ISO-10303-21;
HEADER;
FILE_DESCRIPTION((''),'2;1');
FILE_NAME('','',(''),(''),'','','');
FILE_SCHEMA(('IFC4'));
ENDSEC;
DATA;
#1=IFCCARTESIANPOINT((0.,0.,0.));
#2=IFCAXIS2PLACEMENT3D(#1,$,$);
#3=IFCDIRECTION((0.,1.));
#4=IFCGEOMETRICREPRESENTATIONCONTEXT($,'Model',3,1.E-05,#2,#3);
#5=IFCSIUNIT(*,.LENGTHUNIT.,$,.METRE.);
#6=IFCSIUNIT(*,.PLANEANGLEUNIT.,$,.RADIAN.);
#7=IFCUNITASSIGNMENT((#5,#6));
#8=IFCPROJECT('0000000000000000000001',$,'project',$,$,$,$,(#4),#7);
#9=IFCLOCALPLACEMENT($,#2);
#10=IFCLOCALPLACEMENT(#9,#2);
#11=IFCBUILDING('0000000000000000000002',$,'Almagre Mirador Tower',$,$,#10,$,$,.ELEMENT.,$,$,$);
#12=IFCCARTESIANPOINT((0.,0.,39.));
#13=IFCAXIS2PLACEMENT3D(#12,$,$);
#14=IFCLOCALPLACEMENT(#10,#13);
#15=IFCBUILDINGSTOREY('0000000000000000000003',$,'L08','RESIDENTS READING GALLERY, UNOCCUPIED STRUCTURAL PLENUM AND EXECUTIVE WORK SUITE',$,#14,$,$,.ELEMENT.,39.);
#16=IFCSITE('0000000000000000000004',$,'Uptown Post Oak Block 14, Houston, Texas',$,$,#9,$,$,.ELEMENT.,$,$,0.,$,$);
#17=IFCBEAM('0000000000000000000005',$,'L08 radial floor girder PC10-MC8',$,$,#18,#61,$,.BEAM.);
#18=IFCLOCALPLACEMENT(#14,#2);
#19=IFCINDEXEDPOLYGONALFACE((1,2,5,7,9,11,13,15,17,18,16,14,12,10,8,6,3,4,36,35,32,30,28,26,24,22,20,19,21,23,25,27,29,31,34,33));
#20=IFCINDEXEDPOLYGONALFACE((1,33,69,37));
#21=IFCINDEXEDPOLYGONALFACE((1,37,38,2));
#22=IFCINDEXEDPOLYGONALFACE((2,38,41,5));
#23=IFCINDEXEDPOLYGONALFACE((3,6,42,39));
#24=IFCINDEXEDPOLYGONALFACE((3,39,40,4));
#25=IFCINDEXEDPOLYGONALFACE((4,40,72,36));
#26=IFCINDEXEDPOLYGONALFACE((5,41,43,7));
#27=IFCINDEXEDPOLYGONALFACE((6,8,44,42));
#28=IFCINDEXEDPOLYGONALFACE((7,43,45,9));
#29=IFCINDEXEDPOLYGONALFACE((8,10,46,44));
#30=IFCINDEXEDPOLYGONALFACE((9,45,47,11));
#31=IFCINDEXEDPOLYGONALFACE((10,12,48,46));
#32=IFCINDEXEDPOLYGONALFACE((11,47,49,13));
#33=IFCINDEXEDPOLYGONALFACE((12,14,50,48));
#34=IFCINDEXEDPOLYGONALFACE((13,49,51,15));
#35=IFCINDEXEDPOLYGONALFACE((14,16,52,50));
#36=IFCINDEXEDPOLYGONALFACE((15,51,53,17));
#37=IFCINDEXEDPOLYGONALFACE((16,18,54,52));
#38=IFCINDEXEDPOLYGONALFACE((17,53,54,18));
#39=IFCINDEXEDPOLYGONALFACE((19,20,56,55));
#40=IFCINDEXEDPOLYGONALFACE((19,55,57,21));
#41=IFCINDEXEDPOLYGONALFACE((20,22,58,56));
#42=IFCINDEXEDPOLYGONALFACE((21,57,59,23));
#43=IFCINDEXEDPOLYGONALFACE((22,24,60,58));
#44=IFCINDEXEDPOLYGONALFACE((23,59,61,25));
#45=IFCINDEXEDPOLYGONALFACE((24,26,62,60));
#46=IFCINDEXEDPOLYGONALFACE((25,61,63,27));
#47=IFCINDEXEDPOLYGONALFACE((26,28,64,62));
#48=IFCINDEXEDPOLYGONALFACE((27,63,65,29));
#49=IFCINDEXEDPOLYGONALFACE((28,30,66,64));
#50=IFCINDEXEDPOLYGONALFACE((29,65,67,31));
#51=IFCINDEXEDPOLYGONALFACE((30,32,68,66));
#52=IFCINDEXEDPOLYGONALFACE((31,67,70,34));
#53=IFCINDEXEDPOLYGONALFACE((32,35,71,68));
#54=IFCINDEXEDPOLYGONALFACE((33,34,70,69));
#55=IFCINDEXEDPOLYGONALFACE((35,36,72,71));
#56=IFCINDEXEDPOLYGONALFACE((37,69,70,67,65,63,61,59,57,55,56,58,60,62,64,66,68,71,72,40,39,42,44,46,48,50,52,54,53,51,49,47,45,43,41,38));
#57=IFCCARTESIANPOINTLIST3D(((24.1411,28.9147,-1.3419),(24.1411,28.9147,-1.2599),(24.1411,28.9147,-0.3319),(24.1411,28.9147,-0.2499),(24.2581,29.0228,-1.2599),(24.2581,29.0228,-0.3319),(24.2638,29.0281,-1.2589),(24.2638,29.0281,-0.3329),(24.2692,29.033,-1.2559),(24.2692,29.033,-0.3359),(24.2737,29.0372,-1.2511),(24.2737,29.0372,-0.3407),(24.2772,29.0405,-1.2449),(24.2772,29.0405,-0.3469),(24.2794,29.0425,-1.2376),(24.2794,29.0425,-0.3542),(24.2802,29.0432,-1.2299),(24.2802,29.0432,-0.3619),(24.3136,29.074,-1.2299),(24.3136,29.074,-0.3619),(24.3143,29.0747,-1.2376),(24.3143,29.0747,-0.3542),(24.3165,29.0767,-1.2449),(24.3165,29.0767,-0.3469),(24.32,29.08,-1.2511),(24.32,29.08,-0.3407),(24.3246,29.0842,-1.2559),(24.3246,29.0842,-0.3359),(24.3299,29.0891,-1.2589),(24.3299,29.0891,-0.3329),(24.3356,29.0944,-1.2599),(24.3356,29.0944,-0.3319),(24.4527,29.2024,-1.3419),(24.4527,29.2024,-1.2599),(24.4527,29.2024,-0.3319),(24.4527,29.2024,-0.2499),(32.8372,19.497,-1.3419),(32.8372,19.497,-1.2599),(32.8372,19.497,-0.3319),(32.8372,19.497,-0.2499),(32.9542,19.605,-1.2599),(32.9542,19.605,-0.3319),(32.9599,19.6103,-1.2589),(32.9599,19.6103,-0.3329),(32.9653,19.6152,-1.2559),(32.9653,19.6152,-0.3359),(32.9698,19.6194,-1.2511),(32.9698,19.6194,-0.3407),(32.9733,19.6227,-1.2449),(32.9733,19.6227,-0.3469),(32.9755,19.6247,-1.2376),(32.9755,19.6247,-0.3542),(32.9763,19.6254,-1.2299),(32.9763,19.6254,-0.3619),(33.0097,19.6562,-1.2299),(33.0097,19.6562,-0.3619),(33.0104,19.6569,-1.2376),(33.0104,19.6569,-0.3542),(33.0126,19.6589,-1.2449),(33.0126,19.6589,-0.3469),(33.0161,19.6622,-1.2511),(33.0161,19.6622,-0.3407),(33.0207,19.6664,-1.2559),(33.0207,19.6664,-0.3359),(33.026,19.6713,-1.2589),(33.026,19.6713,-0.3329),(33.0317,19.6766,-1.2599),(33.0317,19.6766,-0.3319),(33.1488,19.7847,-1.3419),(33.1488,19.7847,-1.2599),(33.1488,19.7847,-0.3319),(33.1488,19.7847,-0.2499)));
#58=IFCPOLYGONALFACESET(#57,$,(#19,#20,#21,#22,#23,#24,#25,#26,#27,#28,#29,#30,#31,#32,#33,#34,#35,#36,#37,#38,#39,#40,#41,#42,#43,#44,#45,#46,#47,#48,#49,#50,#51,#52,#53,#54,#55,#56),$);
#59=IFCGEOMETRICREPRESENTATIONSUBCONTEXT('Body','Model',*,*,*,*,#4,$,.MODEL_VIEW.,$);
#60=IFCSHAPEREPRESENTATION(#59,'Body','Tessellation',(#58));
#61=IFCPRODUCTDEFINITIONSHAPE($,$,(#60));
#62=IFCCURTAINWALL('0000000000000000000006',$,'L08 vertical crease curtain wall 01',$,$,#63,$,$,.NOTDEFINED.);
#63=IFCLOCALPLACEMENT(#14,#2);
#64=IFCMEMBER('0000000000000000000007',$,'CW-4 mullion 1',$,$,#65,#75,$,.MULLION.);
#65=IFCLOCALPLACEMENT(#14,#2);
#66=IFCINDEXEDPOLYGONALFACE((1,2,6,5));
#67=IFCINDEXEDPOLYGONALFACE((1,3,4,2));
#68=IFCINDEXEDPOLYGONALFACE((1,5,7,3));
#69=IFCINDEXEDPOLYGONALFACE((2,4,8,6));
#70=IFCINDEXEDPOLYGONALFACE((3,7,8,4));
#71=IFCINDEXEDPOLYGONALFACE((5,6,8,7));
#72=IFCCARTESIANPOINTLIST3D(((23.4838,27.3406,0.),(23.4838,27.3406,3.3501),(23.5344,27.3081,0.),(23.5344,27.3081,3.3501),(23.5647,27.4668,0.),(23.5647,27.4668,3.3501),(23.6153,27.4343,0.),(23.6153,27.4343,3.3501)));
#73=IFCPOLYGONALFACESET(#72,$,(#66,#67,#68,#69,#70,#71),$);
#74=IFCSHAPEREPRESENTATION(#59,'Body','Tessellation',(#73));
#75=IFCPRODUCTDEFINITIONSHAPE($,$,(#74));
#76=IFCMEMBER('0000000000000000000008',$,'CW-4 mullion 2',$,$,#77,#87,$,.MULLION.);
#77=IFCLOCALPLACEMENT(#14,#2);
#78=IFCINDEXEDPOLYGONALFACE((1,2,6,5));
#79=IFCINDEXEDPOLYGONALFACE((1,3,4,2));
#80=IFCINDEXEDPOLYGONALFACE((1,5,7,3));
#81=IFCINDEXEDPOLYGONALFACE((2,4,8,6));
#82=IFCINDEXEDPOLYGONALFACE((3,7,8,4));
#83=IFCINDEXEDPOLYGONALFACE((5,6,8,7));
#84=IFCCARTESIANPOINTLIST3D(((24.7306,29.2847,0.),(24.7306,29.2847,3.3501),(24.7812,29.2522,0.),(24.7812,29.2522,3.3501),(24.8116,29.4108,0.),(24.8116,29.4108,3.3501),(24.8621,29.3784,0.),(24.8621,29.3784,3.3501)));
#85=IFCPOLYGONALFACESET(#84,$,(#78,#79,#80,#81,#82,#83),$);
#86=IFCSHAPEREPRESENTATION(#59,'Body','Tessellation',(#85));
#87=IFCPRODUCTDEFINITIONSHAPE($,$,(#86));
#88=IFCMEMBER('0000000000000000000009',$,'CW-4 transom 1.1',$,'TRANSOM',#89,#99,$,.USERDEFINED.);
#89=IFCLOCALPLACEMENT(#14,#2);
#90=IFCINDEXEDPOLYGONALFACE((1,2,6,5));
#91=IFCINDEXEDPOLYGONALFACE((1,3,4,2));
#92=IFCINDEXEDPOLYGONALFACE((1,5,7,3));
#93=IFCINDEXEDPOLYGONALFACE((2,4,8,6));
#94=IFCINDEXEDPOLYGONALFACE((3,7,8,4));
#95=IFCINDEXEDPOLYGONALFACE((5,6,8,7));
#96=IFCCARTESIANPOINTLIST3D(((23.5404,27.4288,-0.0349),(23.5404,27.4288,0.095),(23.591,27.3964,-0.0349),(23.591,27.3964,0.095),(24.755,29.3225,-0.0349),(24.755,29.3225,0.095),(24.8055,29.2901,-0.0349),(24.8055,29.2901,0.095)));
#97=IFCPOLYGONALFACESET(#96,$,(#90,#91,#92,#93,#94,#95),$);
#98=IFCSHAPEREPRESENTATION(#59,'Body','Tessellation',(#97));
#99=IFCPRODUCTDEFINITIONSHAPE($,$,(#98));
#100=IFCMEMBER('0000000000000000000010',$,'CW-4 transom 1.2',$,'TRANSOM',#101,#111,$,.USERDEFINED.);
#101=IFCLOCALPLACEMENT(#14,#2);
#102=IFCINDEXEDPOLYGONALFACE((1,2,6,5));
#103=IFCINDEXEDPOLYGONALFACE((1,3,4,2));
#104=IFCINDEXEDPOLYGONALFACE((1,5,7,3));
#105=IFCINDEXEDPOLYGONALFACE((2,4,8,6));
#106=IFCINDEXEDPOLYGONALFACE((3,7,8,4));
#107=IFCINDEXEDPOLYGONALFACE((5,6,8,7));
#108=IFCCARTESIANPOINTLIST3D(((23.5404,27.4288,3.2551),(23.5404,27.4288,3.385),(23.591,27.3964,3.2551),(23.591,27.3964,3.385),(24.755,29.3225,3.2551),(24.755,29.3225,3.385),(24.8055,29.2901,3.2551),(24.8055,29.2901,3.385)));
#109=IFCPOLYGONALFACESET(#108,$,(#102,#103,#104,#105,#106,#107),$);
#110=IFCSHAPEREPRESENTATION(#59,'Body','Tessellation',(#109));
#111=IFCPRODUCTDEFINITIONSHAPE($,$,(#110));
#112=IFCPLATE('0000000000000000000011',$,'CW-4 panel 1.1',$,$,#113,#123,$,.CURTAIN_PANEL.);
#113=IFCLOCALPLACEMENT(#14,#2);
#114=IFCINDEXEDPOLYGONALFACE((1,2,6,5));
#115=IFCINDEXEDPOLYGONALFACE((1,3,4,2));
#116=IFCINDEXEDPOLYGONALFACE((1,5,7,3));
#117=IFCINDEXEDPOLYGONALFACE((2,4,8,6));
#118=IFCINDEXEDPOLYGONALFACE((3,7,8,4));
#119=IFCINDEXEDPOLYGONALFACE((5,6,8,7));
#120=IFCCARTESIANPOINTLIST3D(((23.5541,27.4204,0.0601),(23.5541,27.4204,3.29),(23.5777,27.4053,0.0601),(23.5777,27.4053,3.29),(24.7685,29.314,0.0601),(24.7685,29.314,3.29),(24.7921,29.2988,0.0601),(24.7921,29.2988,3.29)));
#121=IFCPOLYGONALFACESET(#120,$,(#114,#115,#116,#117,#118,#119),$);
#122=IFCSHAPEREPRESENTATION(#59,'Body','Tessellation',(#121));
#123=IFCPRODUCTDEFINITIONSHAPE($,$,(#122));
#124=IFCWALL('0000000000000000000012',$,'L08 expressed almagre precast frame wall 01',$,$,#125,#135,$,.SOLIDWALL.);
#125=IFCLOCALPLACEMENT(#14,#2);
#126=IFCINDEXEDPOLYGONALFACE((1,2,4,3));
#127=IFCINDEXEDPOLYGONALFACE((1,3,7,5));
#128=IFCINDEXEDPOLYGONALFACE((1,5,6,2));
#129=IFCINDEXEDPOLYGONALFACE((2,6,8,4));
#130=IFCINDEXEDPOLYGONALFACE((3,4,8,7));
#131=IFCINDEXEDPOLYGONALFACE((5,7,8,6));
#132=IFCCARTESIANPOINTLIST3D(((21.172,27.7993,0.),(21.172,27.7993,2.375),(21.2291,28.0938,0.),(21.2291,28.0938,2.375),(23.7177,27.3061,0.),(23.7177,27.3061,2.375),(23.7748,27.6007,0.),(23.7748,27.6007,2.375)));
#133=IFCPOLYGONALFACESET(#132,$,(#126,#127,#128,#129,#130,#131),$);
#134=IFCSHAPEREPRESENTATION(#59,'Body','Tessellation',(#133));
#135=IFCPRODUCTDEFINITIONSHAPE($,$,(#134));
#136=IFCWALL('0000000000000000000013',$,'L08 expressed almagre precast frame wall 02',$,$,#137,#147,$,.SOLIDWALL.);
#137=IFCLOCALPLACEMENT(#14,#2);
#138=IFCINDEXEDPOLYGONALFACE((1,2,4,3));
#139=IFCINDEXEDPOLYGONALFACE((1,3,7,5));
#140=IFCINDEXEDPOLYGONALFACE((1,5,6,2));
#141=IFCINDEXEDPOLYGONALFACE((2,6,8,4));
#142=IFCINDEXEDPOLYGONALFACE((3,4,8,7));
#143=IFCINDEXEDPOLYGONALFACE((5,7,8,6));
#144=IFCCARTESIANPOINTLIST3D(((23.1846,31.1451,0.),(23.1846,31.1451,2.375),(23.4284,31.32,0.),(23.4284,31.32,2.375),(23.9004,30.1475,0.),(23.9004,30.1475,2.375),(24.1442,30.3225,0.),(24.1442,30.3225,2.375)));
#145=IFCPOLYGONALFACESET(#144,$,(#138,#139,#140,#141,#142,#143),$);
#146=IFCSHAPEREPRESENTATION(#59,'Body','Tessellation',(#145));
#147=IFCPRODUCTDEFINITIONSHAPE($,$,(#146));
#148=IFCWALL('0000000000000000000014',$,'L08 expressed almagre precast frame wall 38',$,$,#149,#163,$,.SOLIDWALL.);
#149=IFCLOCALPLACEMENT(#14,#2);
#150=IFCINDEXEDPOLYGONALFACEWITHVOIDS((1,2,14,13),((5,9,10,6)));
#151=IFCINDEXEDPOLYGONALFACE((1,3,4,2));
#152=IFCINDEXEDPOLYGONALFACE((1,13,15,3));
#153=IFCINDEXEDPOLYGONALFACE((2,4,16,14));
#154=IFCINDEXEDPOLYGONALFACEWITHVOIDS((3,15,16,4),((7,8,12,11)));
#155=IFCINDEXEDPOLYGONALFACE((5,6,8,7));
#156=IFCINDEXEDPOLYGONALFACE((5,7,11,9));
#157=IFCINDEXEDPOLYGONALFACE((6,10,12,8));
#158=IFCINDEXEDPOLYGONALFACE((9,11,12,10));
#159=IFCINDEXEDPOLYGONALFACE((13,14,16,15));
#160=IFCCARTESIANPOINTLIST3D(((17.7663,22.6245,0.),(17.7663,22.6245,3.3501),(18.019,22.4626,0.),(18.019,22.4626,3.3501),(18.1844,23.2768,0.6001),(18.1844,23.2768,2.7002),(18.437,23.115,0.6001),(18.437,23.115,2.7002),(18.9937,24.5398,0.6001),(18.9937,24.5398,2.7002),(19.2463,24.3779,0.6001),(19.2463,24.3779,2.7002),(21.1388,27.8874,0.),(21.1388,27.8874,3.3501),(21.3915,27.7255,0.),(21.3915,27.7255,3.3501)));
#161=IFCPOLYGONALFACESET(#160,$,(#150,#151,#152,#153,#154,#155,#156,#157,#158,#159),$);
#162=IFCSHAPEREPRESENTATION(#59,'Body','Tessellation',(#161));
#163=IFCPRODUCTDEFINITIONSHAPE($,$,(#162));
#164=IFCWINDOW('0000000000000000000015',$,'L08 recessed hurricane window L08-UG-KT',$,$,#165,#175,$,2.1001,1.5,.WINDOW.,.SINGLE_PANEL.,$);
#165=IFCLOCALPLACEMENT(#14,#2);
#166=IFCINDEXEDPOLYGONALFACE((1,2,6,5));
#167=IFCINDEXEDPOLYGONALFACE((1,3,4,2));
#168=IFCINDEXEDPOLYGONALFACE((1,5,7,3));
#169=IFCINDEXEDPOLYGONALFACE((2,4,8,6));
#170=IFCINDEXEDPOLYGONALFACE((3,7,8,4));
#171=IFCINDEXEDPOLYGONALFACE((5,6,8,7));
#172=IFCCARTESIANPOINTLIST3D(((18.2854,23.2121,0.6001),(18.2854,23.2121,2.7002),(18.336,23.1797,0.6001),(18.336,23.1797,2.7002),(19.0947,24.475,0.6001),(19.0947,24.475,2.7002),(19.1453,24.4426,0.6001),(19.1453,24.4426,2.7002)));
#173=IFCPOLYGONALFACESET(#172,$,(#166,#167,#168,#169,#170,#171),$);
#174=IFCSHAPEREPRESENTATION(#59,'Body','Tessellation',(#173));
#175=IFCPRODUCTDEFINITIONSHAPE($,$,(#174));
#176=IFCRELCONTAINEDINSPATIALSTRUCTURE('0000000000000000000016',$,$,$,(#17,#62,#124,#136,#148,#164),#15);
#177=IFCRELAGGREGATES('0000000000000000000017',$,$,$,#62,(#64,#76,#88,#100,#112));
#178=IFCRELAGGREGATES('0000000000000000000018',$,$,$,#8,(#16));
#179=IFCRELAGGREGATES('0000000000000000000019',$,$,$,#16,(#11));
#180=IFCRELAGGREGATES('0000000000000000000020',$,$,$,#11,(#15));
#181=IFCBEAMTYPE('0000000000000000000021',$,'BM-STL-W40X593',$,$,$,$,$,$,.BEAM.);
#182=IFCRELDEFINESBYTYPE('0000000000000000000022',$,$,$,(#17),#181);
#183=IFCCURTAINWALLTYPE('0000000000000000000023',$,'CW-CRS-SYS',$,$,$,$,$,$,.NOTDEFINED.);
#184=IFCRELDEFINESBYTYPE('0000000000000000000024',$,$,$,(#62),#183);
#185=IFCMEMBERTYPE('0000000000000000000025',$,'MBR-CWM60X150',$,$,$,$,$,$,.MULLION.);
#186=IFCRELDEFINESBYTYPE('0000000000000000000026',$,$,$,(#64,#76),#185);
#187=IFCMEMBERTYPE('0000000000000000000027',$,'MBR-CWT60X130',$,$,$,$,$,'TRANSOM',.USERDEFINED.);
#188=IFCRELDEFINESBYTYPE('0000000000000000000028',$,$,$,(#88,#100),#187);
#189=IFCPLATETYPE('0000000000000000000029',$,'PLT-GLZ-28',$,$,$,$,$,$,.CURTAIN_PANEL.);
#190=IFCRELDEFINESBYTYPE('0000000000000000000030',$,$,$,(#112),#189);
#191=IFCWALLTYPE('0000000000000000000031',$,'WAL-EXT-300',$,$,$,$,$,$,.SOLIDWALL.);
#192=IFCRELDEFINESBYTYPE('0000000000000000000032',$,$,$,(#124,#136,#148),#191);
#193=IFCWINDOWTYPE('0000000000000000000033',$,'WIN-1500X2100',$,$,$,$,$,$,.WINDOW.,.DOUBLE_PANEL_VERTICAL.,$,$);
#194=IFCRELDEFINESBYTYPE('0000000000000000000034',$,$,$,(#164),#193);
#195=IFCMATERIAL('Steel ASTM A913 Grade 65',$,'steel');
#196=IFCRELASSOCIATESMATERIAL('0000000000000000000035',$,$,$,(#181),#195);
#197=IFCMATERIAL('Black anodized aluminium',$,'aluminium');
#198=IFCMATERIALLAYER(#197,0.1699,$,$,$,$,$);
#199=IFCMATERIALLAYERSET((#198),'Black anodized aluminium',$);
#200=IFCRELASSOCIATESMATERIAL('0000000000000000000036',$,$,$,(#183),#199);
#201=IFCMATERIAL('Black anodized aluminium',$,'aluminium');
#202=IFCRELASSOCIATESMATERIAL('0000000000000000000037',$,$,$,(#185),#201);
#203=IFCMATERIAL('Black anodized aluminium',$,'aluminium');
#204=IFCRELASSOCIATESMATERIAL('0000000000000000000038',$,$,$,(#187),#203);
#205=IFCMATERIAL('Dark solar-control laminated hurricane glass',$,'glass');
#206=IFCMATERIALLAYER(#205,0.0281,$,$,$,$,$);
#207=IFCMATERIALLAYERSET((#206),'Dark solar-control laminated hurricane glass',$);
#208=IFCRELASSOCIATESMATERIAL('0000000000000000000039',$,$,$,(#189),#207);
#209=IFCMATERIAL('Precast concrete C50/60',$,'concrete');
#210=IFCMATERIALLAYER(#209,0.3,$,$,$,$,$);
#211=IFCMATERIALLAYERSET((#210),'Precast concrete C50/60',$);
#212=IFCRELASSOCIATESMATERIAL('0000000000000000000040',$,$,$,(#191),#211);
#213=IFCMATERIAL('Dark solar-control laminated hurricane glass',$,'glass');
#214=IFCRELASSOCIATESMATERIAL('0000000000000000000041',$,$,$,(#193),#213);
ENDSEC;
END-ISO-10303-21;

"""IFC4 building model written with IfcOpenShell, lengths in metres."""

from ifc_helpers import new_model, si_unit, direction, frame, frame_2d, origin, origin_2d, place, context, subcontext, project, spatial, rectangle, i_section, extrude, material, layer, layer_set, material_profile, profile_set, type_object, element, fill, aggregate, save


model = new_model("IFC4")

# Units and contexts
model_context = context("Model", 3, precision=1e-05, world=origin(), true_north=direction((0.0, 1.0)))
body_context = subcontext(model_context, "Body", "Model", "MODEL_VIEW")
ifc_project = project(units=[si_unit("LENGTHUNIT", "METRE"), si_unit("PLANEANGLEUNIT", "RADIAN")], contexts=[model_context])

# Site, building, storey
site_placement = place(None, origin())
site = spatial("IfcSite", under=ifc_project, at=site_placement, Name="Uptown Post Oak Block 14, Houston, Texas", CompositionType="ELEMENT", RefElevation=0.0)
building_placement = place(site_placement, origin())
building = spatial("IfcBuilding", under=site, at=building_placement, Name="Almagre Mirador Tower", CompositionType="ELEMENT")
storey_placement = place(building_placement, frame((0.0, 0.0, 39.0)))
storey = spatial("IfcBuildingStorey", under=building, at=storey_placement, Name="L08", Description="RESIDENTS READING GALLERY, UNOCCUPIED STRUCTURAL PLENUM AND EXECUTIVE WORK SUITE", CompositionType="ELEMENT", Elevation=39.0)

# Beam
ifc_material_1 = material(Name="Steel ASTM A913 Grade 65", Category="steel")
ifc_material_profile_1 = material_profile(ifc_material_1, i_section(OverallWidth=0.4241, OverallDepth=1.092, WebThickness=0.0454, FlangeThickness=0.082, FilletRadius=0.03, at=origin_2d()), Name="W40X593")
ifc_profile_set_1 = profile_set([ifc_material_profile_1], Name="Steel ASTM A913 Grade 65")
beam_type_1 = type_object("IfcBeamType", Name="BM-STL-W40X593", PredefinedType="BEAM", material=ifc_profile_set_1)
beam_1_placement = place(storey_placement, frame((24.2969, 29.0586, -0.7959), z_axis=(0.678396, -0.734696, 0.0), x_axis=(0.734696, 0.678396, 0.0)))
element("IfcBeam", 1, at=beam_1_placement, inside=storey, type_object=beam_type_1, Name="L08 radial floor girder PC10-MC8", PredefinedType="BEAM", context=body_context, shape_type="SweptSolid", body=[
    extrude(i_section(OverallWidth=0.4241, OverallDepth=1.092, WebThickness=0.0454, FlangeThickness=0.082, FilletRadius=0.03, at=origin_2d()), origin(), (0.0, 0.0, 1.0), 12.8186),
])

# Curtain wall, members, plate
ifc_material_2 = material(Name="Black anodized aluminium", Category="aluminium")
ifc_layer_1 = layer(ifc_material_2, 0.1699)
ifc_layer_set_1 = layer_set([ifc_layer_1], Name="Black anodized aluminium")
curtain_wall_type = type_object("IfcCurtainWallType", Name="CW-CRS-SYS", PredefinedType="NOTDEFINED", material=ifc_layer_set_1)
curtain_wall_placement = place(storey_placement, origin())
curtain_wall = element("IfcCurtainWall", 2, at=curtain_wall_placement, inside=storey, type_object=curtain_wall_type, Name="L08 vertical crease curtain wall 01", PredefinedType="NOTDEFINED")
ifc_material_3 = material(Name="Black anodized aluminium", Category="aluminium")
ifc_material_profile_2 = material_profile(ifc_material_3, rectangle(XDim=0.0601, YDim=0.1499, at=origin_2d()), Name="CWM60X150")
ifc_profile_set_2 = profile_set([ifc_material_profile_2], Name="Black anodized aluminium")
member_type_1 = type_object("IfcMemberType", Name="MBR-CWM60X150", PredefinedType="MULLION", material=ifc_profile_set_2)
member_1_placement = place(storey_placement, frame((23.5496, 27.3875, 0.0), z_axis=(0.0, 0.0, 1.0), x_axis=(-0.841762, 0.539849, 0.0)))
member_1 = element("IfcMember", 3, at=member_1_placement, type_object=member_type_1, Name="CW-4 mullion 1", PredefinedType="MULLION", context=body_context, shape_type="SweptSolid", body=[
    extrude(rectangle(XDim=0.0601, YDim=0.1499, at=origin_2d()), origin(), (0.0, 0.0, 1.0), 3.3501),
])
member_2_placement = place(storey_placement, frame((24.7964, 29.3315, 0.0), z_axis=(0.0, 0.0, 1.0), x_axis=(-0.841762, 0.539849, 0.0)))
member_2 = element("IfcMember", 4, at=member_2_placement, type_object=member_type_1, Name="CW-4 mullion 2", PredefinedType="MULLION", context=body_context, shape_type="SweptSolid", body=[
    extrude(rectangle(XDim=0.0601, YDim=0.1499, at=origin_2d()), origin(), (0.0, 0.0, 1.0), 3.3501),
])
ifc_material_4 = material(Name="Black anodized aluminium", Category="aluminium")
ifc_material_profile_3 = material_profile(ifc_material_4, rectangle(XDim=0.0601, YDim=0.1299, at=origin_2d()), Name="CWT60X130")
ifc_profile_set_3 = profile_set([ifc_material_profile_3], Name="Black anodized aluminium")
member_type_2 = type_object("IfcMemberType", Name="MBR-CWT60X130", ElementType="TRANSOM", PredefinedType="USERDEFINED", material=ifc_profile_set_3)
member_3_placement = place(storey_placement, frame((23.5657, 27.4126, 0.03), z_axis=(0.539863, 0.841753, 0.0), x_axis=(-0.841753, 0.539863, 0.0)))
member_3 = element("IfcMember", 5, at=member_3_placement, type_object=member_type_2, Name="CW-4 transom 1.1", ObjectType="TRANSOM", PredefinedType="USERDEFINED", context=body_context, shape_type="SweptSolid", body=[
    extrude(rectangle(XDim=0.0601, YDim=0.1299, at=origin_2d()), origin(), (0.0, 0.0, 1.0), 2.2498),
])
member_4_placement = place(storey_placement, frame((23.5657, 27.4126, 3.3201), z_axis=(0.539863, 0.841753, 0.0), x_axis=(-0.841753, 0.539863, 0.0)))
member_4 = element("IfcMember", 6, at=member_4_placement, type_object=member_type_2, Name="CW-4 transom 1.2", ObjectType="TRANSOM", PredefinedType="USERDEFINED", context=body_context, shape_type="SweptSolid", body=[
    extrude(rectangle(XDim=0.0601, YDim=0.1299, at=origin_2d()), origin(), (0.0, 0.0, 1.0), 2.2498),
])
ifc_material_5 = material(Name="Dark solar-control laminated hurricane glass", Category="glass")
ifc_layer_2 = layer(ifc_material_5, 0.0281)
ifc_layer_set_2 = layer_set([ifc_layer_2], Name="Dark solar-control laminated hurricane glass")
plate_type = type_object("IfcPlateType", Name="PLT-GLZ-28", PredefinedType="CURTAIN_PANEL", material=ifc_layer_set_2)
plate_placement = place(storey_placement, frame((24.1731, 28.3596, 0.0601), z_axis=(0.0, 0.0, 1.0), x_axis=(0.539849, 0.841762, 0.0)))
plate = element("IfcPlate", 7, at=plate_placement, type_object=plate_type, Name="CW-4 panel 1.1", PredefinedType="CURTAIN_PANEL", context=body_context, shape_type="SweptSolid", body=[
    extrude(rectangle(XDim=2.2495, YDim=0.0281, at=origin_2d()), origin(), (0.0, 0.0, 1.0), 3.23),
])
aggregate(curtain_wall, [member_1, member_2, member_3, member_4, plate])

# Walls
ifc_material_6 = material(Name="Precast concrete C50/60", Category="concrete")
ifc_layer_3 = layer(ifc_material_6, 0.3)
ifc_layer_set_3 = layer_set([ifc_layer_3], Name="Precast concrete C50/60")
wall_type_1 = type_object("IfcWallType", Name="WAL-EXT-300", PredefinedType="SOLIDWALL", material=ifc_layer_set_3)
wall_1_placement = place(storey_placement, frame((21.2007, 27.9465, 0.0), z_axis=(0.0, 0.0, 1.0), x_axis=(0.981747, -0.190192, 0.0)))
element("IfcWall", 8, at=wall_1_placement, inside=storey, type_object=wall_type_1, Name="L08 expressed almagre precast frame wall 01", PredefinedType="SOLIDWALL", context=body_context, shape_type="SweptSolid", body=[
    extrude(rectangle(XDim=2.593, YDim=0.3, at=frame_2d((1.2964, 0.0))), origin(), (0.0, 0.0, 1.0), 2.375),
])
wall_2_placement = place(storey_placement, frame((24.0222, 30.2351, 0.0), z_axis=(0.0, 0.0, 1.0), x_axis=(-0.583005, 0.812469, 0.0)))
element("IfcWall", 9, at=wall_2_placement, inside=storey, type_object=wall_type_1, Name="L08 expressed almagre precast frame wall 02", PredefinedType="SOLIDWALL", context=body_context, shape_type="SweptSolid", body=[
    extrude(rectangle(XDim=1.2278, YDim=0.3, at=frame_2d((0.6138, 0.0))), origin(), (0.0, 0.0, 1.0), 2.375),
])

# Wall, opening, window
wall_3_placement = place(storey_placement, frame((17.8926, 22.5435, 0.0), z_axis=(0.0, 0.0, 1.0), x_axis=(0.539539, 0.841961, 0.0)))
wall_3 = element("IfcWall", 10, at=wall_3_placement, inside=storey, type_object=wall_type_1, Name="L08 expressed almagre precast frame wall 38", PredefinedType="SOLIDWALL", context=body_context, shape_type="SweptSolid", body=[
    extrude(rectangle(XDim=6.2507, YDim=0.3, at=frame_2d((3.1255, 0.0))), origin(), (0.0, 0.0, 1.0), 3.3501),
])
opening_1_placement = place(wall_3_placement, frame((0.7749, 0.0, 0.6001)))
opening_1 = element("IfcOpeningElement", 11, at=opening_1_placement, cuts=wall_3, PredefinedType="OPENING", context=body_context, shape_type="SweptSolid", body=[
    extrude(rectangle(XDim=1.5, YDim=2.1001, at=frame_2d((0.75, 1.05))), frame((0.0, 0.1599, 0.0), z_axis=(0.0, -1.0, 0.0), x_axis=(1.0, 0.0, 0.0)), (0.0, 0.0, 1.0), 0.32),
])
ifc_material_7 = material(Name="Dark solar-control laminated hurricane glass", Category="glass")
window_type = type_object("IfcWindowType", Name="WIN-1500X2100", PartitioningType="DOUBLE_PANEL_VERTICAL", PredefinedType="WINDOW", material=ifc_material_7)
window_placement = place(opening_1_placement, origin())
window = element("IfcWindow", 12, at=window_placement, inside=storey, type_object=window_type, Name="L08 recessed hurricane window L08-UG-KT", OverallHeight=2.1001, OverallWidth=1.5, PartitioningType="SINGLE_PANEL", PredefinedType="WINDOW", context=body_context, shape_type="SweptSolid", body=[
    extrude(rectangle(XDim=1.5, YDim=2.1001, at=frame_2d((0.75, 1.05))), frame((0.0, 0.03, 0.0), z_axis=(0.0, -1.0, 0.0), x_axis=(1.0, 0.0, 0.0)), (0.0, 0.0, 1.0), 0.0601),
])
fill(opening_1, window)

save(model, "model.ifc")
